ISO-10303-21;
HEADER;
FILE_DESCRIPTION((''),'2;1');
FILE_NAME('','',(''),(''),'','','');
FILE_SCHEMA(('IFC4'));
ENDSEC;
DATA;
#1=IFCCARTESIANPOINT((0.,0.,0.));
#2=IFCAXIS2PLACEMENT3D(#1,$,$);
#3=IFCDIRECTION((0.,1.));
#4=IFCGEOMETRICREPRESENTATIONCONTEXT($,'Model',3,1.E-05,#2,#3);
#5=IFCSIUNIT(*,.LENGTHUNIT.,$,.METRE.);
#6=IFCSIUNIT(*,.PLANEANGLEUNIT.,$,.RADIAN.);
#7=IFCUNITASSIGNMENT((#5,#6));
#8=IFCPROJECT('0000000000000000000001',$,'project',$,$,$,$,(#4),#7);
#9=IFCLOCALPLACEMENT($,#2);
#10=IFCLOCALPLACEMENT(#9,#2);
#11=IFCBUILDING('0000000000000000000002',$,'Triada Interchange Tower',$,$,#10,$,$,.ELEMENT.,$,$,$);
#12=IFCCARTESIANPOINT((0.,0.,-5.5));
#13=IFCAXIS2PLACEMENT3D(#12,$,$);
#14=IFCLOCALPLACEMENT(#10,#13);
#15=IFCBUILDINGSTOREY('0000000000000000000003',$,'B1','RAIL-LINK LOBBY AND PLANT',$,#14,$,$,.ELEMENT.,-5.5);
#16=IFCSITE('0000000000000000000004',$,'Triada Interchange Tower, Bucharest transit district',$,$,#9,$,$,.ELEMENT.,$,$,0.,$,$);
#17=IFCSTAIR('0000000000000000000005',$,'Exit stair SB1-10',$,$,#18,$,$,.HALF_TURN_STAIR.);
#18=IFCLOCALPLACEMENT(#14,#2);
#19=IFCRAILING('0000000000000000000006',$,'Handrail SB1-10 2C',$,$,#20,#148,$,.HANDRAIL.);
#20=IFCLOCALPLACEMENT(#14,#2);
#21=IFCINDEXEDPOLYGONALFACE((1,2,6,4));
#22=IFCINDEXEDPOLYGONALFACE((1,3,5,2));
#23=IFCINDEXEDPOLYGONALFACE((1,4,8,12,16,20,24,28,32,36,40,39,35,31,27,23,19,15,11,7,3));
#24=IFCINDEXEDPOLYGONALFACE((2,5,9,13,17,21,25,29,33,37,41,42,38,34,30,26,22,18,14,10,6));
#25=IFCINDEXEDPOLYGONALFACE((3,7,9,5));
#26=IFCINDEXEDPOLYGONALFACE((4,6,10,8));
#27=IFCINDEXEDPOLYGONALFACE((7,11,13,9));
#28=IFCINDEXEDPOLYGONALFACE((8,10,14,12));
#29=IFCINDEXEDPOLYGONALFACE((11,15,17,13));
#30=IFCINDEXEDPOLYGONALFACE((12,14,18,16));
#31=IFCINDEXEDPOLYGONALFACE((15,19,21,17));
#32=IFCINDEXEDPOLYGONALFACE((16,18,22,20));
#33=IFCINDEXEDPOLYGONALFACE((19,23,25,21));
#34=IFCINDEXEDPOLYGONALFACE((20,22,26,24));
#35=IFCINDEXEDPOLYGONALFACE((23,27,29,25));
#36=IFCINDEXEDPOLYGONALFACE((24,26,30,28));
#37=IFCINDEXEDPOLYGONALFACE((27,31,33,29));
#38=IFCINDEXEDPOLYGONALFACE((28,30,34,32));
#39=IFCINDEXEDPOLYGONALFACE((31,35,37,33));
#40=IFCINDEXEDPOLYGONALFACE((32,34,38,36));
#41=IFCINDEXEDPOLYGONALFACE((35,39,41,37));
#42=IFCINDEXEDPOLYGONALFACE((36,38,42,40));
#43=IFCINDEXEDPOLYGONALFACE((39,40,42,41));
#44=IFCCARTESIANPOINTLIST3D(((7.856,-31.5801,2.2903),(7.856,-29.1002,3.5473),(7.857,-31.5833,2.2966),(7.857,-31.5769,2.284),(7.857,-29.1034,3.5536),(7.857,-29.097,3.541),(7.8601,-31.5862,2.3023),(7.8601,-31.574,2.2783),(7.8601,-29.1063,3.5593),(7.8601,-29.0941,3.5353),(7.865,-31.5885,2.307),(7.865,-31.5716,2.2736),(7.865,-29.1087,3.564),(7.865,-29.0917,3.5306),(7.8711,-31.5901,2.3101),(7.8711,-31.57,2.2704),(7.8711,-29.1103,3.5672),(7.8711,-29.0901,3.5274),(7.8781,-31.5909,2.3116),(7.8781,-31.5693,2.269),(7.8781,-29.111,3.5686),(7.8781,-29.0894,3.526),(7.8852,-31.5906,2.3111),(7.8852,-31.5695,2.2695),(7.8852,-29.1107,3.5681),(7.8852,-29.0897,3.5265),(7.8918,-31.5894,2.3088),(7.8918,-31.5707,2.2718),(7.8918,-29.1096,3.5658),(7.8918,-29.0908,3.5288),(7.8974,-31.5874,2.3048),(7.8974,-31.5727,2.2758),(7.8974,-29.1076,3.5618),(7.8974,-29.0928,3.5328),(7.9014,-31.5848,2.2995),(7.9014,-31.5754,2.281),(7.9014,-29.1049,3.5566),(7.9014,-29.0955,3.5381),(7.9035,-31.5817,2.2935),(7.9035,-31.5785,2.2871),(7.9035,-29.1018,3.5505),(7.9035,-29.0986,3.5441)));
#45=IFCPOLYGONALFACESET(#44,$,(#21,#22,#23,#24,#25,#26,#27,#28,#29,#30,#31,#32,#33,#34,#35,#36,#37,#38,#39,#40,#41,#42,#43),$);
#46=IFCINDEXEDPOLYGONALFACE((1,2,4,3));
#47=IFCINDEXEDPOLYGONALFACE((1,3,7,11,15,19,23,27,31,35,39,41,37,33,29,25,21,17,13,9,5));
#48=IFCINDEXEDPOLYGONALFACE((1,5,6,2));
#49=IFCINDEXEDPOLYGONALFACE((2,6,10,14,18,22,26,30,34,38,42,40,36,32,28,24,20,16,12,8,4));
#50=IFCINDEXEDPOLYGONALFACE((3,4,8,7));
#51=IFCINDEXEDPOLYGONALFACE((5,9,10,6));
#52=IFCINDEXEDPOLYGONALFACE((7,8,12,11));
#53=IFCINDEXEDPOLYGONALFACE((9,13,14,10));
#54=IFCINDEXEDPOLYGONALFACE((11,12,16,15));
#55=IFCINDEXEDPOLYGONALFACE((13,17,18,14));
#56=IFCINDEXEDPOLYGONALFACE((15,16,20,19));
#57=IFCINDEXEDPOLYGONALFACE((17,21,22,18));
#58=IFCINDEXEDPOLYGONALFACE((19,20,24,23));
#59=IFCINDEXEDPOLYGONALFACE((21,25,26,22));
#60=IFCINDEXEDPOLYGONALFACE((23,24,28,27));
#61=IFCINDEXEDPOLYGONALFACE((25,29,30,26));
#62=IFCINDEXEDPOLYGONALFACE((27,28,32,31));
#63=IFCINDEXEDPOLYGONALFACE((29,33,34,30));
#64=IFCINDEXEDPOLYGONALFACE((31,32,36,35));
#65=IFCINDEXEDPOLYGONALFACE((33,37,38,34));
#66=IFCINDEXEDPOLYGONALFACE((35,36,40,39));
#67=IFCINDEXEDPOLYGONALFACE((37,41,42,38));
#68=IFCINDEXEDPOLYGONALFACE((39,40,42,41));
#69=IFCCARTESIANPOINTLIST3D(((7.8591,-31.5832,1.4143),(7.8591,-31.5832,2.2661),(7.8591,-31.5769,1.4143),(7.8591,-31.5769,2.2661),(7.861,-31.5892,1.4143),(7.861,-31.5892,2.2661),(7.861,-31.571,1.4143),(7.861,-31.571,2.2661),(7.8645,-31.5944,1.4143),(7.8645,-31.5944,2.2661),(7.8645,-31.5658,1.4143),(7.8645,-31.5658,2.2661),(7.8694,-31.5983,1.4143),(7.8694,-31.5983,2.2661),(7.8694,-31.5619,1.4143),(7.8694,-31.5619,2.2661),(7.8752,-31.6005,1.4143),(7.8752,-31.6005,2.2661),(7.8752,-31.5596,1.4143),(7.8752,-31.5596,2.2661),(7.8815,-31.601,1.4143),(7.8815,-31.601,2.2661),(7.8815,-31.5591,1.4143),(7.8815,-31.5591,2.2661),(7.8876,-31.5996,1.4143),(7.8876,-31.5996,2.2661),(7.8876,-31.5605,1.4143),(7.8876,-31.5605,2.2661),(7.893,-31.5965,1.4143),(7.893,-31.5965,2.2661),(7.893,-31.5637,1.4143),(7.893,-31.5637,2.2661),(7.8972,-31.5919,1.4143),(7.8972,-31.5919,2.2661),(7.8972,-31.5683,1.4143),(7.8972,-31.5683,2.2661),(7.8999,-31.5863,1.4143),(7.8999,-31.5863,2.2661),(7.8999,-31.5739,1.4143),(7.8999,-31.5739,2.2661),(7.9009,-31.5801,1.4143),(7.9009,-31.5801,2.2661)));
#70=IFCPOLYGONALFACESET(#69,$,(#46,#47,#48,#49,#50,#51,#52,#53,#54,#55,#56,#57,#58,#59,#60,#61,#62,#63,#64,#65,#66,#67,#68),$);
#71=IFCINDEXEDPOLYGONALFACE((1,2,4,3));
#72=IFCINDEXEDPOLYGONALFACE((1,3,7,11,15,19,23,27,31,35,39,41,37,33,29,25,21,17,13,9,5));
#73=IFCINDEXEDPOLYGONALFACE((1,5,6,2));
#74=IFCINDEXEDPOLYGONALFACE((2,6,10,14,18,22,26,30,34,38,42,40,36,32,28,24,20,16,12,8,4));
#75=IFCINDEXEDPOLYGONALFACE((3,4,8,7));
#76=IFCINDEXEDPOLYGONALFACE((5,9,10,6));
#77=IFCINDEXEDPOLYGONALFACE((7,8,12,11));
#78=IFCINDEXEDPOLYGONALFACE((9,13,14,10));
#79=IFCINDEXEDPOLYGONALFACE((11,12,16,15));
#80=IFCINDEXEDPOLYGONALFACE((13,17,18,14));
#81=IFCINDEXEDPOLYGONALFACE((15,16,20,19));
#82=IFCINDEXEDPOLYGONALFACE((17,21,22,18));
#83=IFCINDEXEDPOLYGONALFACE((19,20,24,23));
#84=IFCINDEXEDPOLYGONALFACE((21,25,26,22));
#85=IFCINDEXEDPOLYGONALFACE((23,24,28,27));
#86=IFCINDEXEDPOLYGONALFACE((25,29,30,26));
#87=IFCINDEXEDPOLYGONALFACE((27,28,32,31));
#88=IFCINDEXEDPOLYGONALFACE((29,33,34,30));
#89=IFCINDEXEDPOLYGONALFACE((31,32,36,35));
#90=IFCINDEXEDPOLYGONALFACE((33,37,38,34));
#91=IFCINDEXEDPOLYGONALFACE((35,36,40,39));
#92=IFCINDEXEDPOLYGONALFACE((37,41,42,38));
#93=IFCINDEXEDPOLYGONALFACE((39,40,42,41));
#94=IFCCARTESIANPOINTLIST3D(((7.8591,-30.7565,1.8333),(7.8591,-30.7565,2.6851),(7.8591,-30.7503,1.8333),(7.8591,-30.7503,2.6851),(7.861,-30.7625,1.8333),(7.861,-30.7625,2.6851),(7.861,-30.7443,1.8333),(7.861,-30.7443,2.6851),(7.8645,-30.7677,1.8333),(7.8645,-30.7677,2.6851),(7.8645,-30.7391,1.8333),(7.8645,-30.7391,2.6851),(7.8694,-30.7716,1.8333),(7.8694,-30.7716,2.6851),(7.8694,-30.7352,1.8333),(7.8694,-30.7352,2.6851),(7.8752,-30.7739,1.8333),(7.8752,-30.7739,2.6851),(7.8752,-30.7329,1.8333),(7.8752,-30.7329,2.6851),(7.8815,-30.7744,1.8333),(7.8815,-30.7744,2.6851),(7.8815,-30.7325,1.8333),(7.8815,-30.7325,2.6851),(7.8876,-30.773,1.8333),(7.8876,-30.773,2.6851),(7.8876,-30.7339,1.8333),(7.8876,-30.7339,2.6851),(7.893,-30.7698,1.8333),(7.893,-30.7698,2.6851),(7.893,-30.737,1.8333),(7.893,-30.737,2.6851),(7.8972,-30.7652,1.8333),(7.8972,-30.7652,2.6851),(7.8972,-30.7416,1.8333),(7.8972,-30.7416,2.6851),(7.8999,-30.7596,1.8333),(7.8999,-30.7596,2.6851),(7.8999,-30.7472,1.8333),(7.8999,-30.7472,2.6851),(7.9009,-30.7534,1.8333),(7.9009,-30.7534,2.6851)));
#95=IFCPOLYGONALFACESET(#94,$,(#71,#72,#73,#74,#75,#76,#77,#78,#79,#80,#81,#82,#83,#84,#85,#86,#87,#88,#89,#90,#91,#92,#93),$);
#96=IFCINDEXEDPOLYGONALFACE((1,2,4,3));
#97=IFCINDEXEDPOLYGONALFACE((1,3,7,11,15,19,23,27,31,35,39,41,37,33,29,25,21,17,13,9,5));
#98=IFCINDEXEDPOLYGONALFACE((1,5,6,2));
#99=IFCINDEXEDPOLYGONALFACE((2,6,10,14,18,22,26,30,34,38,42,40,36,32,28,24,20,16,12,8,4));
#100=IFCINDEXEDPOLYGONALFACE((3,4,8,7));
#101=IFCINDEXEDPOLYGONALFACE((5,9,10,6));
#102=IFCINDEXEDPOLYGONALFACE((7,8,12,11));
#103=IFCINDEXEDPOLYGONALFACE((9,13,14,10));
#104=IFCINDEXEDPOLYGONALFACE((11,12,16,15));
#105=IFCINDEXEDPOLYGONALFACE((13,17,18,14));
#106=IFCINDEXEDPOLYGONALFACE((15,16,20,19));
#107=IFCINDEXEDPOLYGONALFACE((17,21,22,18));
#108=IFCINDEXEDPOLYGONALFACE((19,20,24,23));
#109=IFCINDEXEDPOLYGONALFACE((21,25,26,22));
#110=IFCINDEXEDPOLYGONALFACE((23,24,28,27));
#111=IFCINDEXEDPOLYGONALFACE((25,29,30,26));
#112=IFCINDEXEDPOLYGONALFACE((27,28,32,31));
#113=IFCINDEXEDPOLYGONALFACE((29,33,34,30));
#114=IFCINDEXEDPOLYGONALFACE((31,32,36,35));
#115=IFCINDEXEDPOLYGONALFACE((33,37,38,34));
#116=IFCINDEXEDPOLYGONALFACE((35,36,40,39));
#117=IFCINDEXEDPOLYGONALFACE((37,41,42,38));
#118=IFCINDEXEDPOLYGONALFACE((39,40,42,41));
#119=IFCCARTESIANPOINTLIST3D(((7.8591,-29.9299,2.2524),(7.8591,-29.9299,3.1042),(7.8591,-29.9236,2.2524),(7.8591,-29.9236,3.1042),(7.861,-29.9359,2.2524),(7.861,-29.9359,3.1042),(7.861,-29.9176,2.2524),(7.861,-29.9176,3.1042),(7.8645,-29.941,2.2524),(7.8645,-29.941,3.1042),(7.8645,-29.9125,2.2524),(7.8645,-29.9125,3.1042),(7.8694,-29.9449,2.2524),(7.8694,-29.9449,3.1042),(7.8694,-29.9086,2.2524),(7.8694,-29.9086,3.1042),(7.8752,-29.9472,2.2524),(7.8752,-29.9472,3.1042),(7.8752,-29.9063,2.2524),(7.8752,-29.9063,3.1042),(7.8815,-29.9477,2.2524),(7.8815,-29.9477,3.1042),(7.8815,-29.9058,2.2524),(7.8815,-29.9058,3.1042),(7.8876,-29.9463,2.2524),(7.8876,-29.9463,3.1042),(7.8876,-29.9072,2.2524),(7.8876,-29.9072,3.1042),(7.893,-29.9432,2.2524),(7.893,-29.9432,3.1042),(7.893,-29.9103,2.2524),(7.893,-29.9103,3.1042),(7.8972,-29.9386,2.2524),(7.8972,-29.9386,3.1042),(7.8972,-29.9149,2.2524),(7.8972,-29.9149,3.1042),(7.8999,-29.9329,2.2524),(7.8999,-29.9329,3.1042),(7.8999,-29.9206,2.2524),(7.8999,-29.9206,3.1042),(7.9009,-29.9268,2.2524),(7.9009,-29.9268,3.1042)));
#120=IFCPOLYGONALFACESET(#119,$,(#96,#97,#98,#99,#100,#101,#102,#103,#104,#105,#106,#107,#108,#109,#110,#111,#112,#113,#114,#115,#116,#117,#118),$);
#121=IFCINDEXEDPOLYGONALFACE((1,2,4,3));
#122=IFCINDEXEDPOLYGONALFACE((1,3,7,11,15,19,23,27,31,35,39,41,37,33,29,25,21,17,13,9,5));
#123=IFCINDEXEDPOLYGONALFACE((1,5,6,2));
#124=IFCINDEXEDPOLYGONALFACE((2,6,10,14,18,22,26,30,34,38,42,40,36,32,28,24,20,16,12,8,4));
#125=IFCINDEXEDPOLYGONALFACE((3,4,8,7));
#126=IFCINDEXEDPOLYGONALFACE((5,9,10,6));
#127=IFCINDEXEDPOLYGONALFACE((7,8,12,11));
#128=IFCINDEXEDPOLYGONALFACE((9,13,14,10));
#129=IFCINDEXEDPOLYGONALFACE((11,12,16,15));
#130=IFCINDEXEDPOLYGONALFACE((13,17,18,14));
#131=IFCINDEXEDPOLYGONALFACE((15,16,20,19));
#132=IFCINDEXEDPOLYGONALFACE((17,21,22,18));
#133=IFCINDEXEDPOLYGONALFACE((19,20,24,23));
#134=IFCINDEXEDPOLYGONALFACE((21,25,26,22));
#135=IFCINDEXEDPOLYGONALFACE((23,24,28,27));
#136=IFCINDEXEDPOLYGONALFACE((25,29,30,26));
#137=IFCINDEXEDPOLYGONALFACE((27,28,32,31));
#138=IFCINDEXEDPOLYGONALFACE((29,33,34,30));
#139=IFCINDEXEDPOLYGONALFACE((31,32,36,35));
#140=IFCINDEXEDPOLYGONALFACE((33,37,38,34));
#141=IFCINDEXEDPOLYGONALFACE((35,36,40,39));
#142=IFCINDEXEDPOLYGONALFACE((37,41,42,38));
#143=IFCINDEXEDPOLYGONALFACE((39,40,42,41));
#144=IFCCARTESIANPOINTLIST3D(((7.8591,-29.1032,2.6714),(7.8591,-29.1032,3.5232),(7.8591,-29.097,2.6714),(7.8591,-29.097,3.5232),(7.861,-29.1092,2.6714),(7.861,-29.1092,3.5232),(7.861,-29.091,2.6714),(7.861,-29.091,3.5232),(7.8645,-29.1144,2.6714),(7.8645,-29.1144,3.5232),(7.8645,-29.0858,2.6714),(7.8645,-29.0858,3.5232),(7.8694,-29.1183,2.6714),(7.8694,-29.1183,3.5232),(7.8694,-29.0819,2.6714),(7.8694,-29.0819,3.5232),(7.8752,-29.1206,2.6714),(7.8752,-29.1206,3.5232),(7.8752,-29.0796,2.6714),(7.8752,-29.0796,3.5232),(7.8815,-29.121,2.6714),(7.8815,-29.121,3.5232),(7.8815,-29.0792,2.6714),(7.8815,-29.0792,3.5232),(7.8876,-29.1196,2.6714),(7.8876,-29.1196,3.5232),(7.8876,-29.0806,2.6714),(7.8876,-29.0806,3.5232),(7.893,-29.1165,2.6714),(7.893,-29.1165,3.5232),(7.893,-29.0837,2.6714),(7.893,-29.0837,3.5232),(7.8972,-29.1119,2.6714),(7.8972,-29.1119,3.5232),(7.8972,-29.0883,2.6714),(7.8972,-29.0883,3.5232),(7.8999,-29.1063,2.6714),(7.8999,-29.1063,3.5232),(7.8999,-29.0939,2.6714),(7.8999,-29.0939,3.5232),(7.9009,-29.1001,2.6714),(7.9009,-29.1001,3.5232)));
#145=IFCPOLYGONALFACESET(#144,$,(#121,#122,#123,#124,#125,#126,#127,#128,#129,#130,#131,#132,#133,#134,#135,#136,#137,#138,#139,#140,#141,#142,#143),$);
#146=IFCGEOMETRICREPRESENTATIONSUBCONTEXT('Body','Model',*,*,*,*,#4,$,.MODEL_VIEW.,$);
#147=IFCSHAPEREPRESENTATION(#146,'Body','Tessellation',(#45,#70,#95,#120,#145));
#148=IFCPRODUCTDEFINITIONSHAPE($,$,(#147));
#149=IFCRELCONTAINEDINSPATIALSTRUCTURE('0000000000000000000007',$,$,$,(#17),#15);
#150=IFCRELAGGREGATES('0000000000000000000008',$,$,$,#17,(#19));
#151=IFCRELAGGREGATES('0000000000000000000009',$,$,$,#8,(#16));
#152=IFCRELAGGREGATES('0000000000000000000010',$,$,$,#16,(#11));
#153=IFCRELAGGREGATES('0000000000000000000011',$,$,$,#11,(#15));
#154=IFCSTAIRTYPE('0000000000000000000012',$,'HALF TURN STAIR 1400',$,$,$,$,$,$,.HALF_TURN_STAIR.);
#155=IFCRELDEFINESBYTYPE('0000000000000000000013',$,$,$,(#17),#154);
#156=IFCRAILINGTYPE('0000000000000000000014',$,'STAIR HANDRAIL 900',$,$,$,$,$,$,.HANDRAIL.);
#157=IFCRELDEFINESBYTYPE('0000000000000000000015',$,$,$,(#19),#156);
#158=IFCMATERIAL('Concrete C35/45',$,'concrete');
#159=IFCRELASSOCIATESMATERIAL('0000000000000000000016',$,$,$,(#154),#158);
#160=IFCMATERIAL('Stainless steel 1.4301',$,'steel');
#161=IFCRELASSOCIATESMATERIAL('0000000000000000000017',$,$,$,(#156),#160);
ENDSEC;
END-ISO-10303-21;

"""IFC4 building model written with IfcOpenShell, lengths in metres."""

from ifc_helpers import new_model, si_unit, direction, frame, origin, origin_2d, place, context, subcontext, project, spatial, circle, extrude, material, type_object, element, aggregate, save


model = new_model("IFC4")

# Units and contexts
model_context = context("Model", 3, precision=1e-05, world=origin(), true_north=direction((0.0, 1.0)))
body_context = subcontext(model_context, "Body", "Model", "MODEL_VIEW")
ifc_project = project(units=[si_unit("LENGTHUNIT", "METRE"), si_unit("PLANEANGLEUNIT", "RADIAN")], contexts=[model_context])

# Site, building, storey
site_placement = place(None, origin())
site = spatial("IfcSite", under=ifc_project, at=site_placement, Name="Triada Interchange Tower, Bucharest transit district", CompositionType="ELEMENT", RefElevation=0.0)
building_placement = place(site_placement, origin())
building = spatial("IfcBuilding", under=site, at=building_placement, Name="Triada Interchange Tower", CompositionType="ELEMENT")
storey_placement = place(building_placement, frame((0.0, 0.0, -5.5)))
storey = spatial("IfcBuildingStorey", under=building, at=storey_placement, Name="B1", Description="RAIL-LINK LOBBY AND PLANT", CompositionType="ELEMENT", Elevation=-5.5)

# Shared definitions
ifc_material_1 = material(Name="Concrete C35/45", Category="concrete")

# Stair, railing
stair_type = type_object("IfcStairType", Name="HALF TURN STAIR 1400", PredefinedType="HALF_TURN_STAIR", material=ifc_material_1)
stair_placement = place(storey_placement, origin())
stair = element("IfcStair", 1, at=stair_placement, inside=storey, type_object=stair_type, Name="Exit stair SB1-10", PredefinedType="HALF_TURN_STAIR")
ifc_material_2 = material(Name="Stainless steel 1.4301", Category="steel")
railing_type_1 = type_object("IfcRailingType", Name="STAIR HANDRAIL 900", PredefinedType="HANDRAIL", material=ifc_material_2)
railing_1_placement = place(storey_placement, frame((7.8799, -31.5801, 1.4143)))
railing_1 = element("IfcRailing", 2, at=railing_1_placement, type_object=railing_type_1, Name="Handrail SB1-10 2C", PredefinedType="HANDRAIL", context=body_context, shape_type="SweptSolid", body=[
    extrude(circle(Radius=0.0239, at=origin_2d()), frame((0.0, 0.0, 0.876), z_axis=(0.0, 0.891955, 0.452124), x_axis=(-1.0, 0.0, 0.0)), (0.0, 0.0, 1.0), 2.7803),
    extrude(circle(Radius=0.021, at=origin_2d()), origin(), (0.0, 0.0, 1.0), 0.8518),
    extrude(circle(Radius=0.021, at=origin_2d()), frame((0.0, 0.8267, 0.4189)), (0.0, 0.0, 1.0), 0.8518),
    extrude(circle(Radius=0.021, at=origin_2d()), frame((0.0, 1.6533, 0.8381)), (0.0, 0.0, 1.0), 0.8518),
    extrude(circle(Radius=0.021, at=origin_2d()), frame((0.0, 2.48, 1.2571)), (0.0, 0.0, 1.0), 0.8518),
])
aggregate(stair, [railing_1])

save(model, "model.ifc")
